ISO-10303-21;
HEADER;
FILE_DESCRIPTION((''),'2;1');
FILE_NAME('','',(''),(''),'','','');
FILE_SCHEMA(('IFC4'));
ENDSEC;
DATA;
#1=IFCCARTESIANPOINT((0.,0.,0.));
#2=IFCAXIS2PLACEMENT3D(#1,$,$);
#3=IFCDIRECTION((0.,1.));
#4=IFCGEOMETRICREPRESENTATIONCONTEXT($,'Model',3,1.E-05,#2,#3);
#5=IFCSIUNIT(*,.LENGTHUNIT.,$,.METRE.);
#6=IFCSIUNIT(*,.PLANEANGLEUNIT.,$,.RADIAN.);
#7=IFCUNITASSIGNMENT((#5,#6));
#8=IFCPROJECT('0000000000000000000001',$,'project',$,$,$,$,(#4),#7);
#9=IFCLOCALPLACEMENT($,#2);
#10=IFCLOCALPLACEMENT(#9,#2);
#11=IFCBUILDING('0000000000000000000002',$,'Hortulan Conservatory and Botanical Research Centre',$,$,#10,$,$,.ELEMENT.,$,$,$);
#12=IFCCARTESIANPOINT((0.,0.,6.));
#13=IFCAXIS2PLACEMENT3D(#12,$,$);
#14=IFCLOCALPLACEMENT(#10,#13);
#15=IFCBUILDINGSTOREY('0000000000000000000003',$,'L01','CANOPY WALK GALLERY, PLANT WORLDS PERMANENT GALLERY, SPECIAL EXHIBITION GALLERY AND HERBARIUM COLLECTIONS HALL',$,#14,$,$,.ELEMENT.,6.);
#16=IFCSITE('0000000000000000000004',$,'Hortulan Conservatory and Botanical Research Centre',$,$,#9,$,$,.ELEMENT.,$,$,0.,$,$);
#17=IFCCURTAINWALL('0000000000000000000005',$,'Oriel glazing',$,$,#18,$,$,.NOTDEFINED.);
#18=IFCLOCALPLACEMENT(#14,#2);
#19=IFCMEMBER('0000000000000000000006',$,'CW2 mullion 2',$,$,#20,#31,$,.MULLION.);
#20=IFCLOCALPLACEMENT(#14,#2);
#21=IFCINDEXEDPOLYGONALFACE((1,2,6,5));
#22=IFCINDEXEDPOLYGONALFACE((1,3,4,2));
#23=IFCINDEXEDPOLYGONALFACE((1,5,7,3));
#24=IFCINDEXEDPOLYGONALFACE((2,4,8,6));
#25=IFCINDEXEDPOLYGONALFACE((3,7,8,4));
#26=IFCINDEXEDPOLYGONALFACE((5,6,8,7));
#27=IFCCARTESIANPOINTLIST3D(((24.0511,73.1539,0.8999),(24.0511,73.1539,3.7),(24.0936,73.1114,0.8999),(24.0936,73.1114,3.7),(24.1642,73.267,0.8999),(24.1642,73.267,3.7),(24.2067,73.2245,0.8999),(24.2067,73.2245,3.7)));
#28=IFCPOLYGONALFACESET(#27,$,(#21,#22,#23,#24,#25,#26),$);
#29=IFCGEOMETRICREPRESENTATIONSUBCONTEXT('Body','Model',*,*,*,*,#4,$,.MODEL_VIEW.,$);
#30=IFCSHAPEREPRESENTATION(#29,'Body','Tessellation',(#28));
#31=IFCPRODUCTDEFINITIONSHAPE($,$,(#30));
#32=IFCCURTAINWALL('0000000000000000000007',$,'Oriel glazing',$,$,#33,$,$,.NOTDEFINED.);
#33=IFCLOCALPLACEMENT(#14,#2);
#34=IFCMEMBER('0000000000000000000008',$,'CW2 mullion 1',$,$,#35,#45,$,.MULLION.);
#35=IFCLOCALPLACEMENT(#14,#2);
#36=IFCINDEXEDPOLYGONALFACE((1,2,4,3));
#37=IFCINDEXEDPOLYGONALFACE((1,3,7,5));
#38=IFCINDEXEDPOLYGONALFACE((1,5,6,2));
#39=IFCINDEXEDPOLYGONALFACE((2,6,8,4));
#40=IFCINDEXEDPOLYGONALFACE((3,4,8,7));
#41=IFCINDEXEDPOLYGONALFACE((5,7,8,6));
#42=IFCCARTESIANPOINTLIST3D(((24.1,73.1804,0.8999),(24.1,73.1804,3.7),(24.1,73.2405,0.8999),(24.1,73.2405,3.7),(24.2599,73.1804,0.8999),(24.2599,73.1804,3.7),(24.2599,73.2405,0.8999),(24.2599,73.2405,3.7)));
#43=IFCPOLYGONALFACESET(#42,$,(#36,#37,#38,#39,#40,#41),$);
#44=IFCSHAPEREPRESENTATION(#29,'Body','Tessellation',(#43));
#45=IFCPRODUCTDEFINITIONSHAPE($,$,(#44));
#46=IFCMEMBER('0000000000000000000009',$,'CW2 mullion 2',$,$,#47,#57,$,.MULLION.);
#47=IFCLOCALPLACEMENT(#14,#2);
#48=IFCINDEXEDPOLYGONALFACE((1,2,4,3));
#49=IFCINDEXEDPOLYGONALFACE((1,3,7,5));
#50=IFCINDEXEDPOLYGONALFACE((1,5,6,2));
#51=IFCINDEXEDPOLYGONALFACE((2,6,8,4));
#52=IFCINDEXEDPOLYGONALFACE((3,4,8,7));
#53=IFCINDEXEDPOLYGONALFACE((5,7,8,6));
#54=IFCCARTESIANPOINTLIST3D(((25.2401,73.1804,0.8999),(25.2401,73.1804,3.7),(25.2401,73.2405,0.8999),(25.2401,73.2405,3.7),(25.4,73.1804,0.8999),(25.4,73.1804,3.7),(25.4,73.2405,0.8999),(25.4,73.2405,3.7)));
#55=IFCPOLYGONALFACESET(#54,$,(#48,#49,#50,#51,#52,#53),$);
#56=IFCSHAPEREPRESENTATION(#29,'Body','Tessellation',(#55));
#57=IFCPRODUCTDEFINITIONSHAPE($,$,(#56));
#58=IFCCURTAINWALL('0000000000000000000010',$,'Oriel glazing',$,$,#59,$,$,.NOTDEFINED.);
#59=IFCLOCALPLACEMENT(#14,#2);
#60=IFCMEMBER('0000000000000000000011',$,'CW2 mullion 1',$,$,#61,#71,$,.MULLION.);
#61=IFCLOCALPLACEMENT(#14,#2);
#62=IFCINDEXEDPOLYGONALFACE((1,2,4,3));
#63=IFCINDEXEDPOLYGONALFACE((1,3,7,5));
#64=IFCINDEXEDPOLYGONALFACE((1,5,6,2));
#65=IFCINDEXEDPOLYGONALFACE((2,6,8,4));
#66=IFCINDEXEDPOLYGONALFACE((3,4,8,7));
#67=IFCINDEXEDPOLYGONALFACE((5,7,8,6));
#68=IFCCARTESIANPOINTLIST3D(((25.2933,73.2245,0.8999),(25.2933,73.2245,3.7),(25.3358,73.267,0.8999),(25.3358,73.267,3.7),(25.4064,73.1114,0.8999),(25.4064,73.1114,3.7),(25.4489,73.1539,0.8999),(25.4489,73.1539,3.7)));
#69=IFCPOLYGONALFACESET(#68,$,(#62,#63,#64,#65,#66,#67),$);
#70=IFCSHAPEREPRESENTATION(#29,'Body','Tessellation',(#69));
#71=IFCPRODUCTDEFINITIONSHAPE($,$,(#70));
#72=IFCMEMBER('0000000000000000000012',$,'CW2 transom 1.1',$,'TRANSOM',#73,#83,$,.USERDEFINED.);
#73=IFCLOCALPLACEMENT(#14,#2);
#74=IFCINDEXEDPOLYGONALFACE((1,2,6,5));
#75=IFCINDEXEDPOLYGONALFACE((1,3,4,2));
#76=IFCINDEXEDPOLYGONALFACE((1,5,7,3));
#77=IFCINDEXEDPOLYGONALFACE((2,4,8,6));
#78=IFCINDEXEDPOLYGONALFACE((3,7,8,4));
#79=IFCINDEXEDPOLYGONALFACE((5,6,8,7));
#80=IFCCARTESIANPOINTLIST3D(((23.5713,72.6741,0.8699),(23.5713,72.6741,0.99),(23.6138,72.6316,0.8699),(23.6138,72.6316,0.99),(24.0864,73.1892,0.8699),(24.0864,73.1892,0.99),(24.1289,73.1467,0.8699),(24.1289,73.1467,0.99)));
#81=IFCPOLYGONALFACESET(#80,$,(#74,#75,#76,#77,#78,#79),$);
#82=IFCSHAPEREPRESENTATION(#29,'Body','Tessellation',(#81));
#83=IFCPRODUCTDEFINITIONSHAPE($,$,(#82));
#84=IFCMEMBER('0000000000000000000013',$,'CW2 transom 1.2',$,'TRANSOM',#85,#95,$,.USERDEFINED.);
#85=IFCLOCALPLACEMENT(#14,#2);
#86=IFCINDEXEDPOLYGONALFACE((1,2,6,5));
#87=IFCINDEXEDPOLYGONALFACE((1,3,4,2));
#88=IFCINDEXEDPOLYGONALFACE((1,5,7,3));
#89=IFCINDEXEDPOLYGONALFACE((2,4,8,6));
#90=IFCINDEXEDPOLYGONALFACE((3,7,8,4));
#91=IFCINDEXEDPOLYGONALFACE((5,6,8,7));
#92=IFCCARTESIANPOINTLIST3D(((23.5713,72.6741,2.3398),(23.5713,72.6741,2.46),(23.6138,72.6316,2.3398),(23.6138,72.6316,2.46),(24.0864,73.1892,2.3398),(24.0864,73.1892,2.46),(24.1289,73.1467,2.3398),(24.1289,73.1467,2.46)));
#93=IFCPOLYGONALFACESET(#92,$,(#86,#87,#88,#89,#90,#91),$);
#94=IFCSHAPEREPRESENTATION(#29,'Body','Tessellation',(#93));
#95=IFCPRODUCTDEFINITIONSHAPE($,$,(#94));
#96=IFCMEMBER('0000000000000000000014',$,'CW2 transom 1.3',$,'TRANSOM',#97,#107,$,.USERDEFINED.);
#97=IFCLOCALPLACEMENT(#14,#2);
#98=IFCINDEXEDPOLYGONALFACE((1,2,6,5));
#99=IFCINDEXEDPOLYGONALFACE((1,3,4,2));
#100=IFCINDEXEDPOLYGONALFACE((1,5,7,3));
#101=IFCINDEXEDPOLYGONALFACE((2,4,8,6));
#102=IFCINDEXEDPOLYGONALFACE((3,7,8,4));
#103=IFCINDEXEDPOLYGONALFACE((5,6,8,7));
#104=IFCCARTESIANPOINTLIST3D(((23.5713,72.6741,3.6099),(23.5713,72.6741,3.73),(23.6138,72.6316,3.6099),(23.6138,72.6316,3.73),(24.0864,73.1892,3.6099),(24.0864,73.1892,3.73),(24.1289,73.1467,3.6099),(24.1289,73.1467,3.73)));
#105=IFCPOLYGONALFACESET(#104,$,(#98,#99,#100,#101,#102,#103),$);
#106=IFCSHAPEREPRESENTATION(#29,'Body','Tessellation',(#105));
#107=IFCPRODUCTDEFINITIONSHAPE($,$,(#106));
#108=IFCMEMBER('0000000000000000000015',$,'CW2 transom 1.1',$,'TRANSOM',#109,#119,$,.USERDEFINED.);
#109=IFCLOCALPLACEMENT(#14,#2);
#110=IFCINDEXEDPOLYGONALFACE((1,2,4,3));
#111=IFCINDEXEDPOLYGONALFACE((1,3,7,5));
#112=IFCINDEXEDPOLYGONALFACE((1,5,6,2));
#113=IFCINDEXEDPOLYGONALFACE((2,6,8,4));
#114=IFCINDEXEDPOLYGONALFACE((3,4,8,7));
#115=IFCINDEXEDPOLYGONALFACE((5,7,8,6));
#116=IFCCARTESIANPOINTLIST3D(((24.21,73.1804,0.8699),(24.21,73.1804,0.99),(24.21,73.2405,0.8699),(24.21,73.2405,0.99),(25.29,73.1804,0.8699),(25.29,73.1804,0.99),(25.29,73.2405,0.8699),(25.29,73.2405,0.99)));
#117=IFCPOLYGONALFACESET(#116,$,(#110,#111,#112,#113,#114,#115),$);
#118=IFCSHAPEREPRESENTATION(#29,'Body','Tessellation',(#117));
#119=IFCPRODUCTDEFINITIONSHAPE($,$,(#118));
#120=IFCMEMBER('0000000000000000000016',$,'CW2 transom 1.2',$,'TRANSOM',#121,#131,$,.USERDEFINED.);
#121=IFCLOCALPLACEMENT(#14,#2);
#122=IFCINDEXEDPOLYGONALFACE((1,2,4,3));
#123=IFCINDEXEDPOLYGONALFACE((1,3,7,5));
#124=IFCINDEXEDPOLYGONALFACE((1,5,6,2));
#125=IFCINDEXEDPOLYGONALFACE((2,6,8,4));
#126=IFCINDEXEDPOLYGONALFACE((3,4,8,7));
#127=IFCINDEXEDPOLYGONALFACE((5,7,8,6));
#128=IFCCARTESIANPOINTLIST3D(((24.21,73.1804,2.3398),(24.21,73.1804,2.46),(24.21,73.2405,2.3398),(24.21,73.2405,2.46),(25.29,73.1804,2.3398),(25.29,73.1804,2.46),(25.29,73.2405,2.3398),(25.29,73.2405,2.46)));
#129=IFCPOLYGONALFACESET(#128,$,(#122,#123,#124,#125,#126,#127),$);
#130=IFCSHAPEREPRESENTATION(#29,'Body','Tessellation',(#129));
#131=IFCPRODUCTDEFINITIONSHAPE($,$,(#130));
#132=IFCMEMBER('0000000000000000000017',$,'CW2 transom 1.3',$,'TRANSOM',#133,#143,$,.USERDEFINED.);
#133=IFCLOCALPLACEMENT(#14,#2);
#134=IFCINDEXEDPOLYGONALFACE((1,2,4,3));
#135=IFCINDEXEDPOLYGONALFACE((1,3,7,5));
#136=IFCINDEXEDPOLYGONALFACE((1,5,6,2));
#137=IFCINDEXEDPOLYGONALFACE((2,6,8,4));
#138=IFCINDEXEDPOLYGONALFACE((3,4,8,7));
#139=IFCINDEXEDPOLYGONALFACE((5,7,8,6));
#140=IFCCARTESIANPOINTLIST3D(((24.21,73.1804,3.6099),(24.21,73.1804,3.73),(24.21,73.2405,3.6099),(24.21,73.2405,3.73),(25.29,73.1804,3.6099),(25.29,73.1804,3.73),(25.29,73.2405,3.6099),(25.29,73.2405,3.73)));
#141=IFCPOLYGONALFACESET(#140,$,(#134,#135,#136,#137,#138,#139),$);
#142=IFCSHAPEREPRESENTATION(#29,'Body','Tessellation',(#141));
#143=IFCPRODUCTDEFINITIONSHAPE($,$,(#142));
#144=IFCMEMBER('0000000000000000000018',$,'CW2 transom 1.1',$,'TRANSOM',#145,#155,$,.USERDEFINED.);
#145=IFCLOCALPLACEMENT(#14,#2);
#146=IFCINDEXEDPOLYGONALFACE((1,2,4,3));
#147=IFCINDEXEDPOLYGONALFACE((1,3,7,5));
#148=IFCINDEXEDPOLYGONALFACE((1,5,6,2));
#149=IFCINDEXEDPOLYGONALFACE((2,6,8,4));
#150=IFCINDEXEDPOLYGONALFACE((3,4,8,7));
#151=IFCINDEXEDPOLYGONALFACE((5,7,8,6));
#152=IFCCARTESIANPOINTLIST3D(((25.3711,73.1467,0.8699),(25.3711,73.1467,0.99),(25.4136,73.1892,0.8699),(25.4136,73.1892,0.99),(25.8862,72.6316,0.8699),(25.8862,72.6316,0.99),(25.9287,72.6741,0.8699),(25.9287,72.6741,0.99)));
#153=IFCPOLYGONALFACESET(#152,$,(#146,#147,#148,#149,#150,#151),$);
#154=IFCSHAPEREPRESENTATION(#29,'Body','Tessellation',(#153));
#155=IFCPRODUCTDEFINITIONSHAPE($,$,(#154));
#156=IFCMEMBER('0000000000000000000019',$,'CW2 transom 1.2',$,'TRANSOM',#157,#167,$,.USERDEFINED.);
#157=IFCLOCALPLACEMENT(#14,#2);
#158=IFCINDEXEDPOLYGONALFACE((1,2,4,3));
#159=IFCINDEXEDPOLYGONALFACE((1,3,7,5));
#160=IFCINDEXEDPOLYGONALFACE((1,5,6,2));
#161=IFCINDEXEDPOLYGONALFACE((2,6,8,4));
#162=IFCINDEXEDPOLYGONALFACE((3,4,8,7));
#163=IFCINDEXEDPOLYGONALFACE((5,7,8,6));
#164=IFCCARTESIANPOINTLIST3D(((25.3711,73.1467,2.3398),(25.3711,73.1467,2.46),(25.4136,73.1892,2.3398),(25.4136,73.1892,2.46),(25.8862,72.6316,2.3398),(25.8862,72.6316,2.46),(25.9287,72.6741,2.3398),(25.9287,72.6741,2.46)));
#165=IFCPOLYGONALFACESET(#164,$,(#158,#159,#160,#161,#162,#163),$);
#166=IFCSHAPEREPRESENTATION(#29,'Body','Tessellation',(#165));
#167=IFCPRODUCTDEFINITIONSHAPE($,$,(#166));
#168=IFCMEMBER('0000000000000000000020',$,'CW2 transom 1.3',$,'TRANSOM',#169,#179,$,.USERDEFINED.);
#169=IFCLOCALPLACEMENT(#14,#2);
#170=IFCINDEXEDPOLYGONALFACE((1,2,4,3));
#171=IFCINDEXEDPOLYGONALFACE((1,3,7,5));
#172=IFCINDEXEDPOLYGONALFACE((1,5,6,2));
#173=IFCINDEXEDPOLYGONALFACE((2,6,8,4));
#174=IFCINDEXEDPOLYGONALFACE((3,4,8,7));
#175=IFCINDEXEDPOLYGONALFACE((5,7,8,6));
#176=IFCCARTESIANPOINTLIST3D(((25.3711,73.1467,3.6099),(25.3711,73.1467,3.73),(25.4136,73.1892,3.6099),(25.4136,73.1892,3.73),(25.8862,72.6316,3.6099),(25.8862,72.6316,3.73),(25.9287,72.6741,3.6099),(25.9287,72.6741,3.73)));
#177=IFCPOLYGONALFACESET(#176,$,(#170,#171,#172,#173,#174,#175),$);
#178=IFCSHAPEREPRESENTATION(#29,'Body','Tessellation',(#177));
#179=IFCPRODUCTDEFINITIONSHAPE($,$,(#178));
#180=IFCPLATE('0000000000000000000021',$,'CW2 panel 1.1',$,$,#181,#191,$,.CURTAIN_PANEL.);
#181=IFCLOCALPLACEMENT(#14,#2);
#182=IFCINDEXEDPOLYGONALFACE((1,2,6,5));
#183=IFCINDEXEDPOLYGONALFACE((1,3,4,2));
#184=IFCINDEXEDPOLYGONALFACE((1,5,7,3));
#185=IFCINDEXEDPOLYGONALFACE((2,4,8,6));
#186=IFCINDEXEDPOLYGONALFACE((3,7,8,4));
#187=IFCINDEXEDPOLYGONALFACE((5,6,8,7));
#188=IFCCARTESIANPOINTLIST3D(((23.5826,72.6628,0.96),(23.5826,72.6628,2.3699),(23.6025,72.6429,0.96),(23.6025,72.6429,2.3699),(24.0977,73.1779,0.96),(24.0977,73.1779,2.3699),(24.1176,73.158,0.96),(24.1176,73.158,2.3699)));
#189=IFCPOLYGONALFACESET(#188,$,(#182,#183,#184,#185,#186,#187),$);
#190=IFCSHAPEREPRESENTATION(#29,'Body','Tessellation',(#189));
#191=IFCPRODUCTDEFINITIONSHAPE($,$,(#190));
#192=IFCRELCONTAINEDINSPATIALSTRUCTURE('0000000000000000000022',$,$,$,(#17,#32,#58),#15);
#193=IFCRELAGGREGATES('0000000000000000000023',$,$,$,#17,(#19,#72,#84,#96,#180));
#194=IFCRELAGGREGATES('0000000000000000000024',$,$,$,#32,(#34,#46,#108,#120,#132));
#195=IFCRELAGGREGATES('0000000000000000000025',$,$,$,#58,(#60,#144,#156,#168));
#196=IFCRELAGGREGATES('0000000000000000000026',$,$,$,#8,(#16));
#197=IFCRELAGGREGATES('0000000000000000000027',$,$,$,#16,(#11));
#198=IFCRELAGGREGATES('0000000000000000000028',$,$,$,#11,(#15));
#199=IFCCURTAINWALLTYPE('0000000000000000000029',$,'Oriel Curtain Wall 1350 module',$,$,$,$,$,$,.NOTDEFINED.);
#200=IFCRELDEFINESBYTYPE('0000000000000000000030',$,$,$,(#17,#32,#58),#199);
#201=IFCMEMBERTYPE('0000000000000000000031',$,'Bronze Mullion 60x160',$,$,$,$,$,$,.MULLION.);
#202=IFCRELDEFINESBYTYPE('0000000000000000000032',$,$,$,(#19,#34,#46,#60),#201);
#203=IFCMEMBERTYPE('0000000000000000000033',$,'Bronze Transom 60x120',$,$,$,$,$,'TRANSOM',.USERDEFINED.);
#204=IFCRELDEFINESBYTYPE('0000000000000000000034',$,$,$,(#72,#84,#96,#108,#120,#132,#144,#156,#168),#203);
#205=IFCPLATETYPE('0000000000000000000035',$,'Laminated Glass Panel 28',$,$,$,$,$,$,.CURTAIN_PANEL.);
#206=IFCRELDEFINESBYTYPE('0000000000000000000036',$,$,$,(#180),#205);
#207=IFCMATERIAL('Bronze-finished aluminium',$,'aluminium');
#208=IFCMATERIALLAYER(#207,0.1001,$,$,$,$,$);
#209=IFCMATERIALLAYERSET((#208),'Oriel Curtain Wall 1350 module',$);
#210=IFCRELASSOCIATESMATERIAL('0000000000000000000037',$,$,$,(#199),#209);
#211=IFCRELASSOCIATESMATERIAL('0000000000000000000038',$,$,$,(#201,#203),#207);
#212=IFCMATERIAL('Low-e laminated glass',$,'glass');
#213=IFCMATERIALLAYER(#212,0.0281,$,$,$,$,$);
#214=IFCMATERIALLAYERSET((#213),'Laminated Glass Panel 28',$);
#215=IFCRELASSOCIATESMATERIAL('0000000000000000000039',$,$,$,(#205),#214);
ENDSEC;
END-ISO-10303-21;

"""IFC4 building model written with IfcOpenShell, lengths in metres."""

from ifc_helpers import new_model, si_unit, direction, frame, origin, origin_2d, place, context, subcontext, project, spatial, rectangle, extrude, material, layer, layer_set, material_profile, profile_set, type_object, element, aggregate, save


model = new_model("IFC4")

# Units and contexts
model_context = context("Model", 3, precision=1e-05, world=origin(), true_north=direction((0.0, 1.0)))
body_context = subcontext(model_context, "Body", "Model", "MODEL_VIEW")
ifc_project = project(units=[si_unit("LENGTHUNIT", "METRE"), si_unit("PLANEANGLEUNIT", "RADIAN")], contexts=[model_context])

# Site, building, storey
site_placement = place(None, origin())
site = spatial("IfcSite", under=ifc_project, at=site_placement, Name="Hortulan Conservatory and Botanical Research Centre", CompositionType="ELEMENT", RefElevation=0.0)
building_placement = place(site_placement, origin())
building = spatial("IfcBuilding", under=site, at=building_placement, Name="Hortulan Conservatory and Botanical Research Centre", CompositionType="ELEMENT")
storey_placement = place(building_placement, frame((0.0, 0.0, 6.0)))
storey = spatial("IfcBuildingStorey", under=building, at=storey_placement, Name="L01", Description="CANOPY WALK GALLERY, PLANT WORLDS PERMANENT GALLERY, SPECIAL EXHIBITION GALLERY AND HERBARIUM COLLECTIONS HALL", CompositionType="ELEMENT", Elevation=6.0)

# Curtain wall, member
ifc_material_1 = material(Name="Bronze-finished aluminium", Category="aluminium")
ifc_layer_1 = layer(ifc_material_1, 0.1001)
ifc_layer_set_1 = layer_set([ifc_layer_1], Name="Oriel Curtain Wall 1350 module")
curtain_wall_type = type_object("IfcCurtainWallType", Name="Oriel Curtain Wall 1350 module", PredefinedType="NOTDEFINED", material=ifc_layer_set_1)
curtain_wall_1_placement = place(storey_placement, origin())
curtain_wall_1 = element("IfcCurtainWall", 1, at=curtain_wall_1_placement, inside=storey, type_object=curtain_wall_type, Name="Oriel glazing", PredefinedType="NOTDEFINED")
ifc_material_profile_1 = material_profile(ifc_material_1, rectangle(XDim=0.0601, YDim=0.1599, at=origin_2d()), Name="Bronze Mullion 60x160")
ifc_profile_set_1 = profile_set([ifc_material_profile_1], Name="Bronze-finished aluminium")
member_type_1 = type_object("IfcMemberType", Name="Bronze Mullion 60x160", PredefinedType="MULLION", material=ifc_profile_set_1)
member_1_placement = place(storey_placement, frame((24.1289, 73.1892, 0.8999), z_axis=(0.0, 0.0, 1.0), x_axis=(-0.707107, 0.707107, 0.0)))
member_1 = element("IfcMember", 2, at=member_1_placement, type_object=member_type_1, Name="CW2 mullion 2", PredefinedType="MULLION", context=body_context, shape_type="SweptSolid", body=[
    extrude(rectangle(XDim=0.0601, YDim=0.1599, at=origin_2d()), origin(), (0.0, 0.0, 1.0), 2.8),
])

# Curtain wall, members
curtain_wall_2_placement = place(storey_placement, origin())
curtain_wall_2 = element("IfcCurtainWall", 3, at=curtain_wall_2_placement, inside=storey, type_object=curtain_wall_type, Name="Oriel glazing", PredefinedType="NOTDEFINED")
member_2_placement = place(storey_placement, frame((24.1799, 73.2104, 0.8999), z_axis=(0.0, 0.0, 1.0), x_axis=(0.0, 1.0, 0.0)))
member_2 = element("IfcMember", 4, at=member_2_placement, type_object=member_type_1, Name="CW2 mullion 1", PredefinedType="MULLION", context=body_context, shape_type="SweptSolid", body=[
    extrude(rectangle(XDim=0.0601, YDim=0.1599, at=origin_2d()), origin(), (0.0, 0.0, 1.0), 2.8),
])
member_3_placement = place(storey_placement, frame((25.3201, 73.2104, 0.8999), z_axis=(0.0, 0.0, 1.0), x_axis=(0.0, 1.0, 0.0)))
member_3 = element("IfcMember", 5, at=member_3_placement, type_object=member_type_1, Name="CW2 mullion 2", PredefinedType="MULLION", context=body_context, shape_type="SweptSolid", body=[
    extrude(rectangle(XDim=0.0601, YDim=0.1599, at=origin_2d()), origin(), (0.0, 0.0, 1.0), 2.8),
])

# Curtain wall, member
curtain_wall_3_placement = place(storey_placement, origin())
curtain_wall_3 = element("IfcCurtainWall", 6, at=curtain_wall_3_placement, inside=storey, type_object=curtain_wall_type, Name="Oriel glazing", PredefinedType="NOTDEFINED")
member_4_placement = place(storey_placement, frame((25.3711, 73.1892, 0.8999), z_axis=(0.0, 0.0, 1.0), x_axis=(0.707107, 0.707107, 0.0)))
member_4 = element("IfcMember", 7, at=member_4_placement, type_object=member_type_1, Name="CW2 mullion 1", PredefinedType="MULLION", context=body_context, shape_type="SweptSolid", body=[
    extrude(rectangle(XDim=0.0601, YDim=0.1599, at=origin_2d()), origin(), (0.0, 0.0, 1.0), 2.8),
])

# Members
ifc_material_profile_2 = material_profile(ifc_material_1, rectangle(XDim=0.0601, YDim=0.1201, at=origin_2d()), Name="Bronze Transom 60x120")
ifc_profile_set_2 = profile_set([ifc_material_profile_2], Name="Bronze-finished aluminium")
member_type_2 = type_object("IfcMemberType", Name="Bronze Transom 60x120", ElementType="TRANSOM", PredefinedType="USERDEFINED", material=ifc_profile_set_2)
member_5_placement = place(storey_placement, frame((23.5925, 72.6528, 0.9299), z_axis=(0.707107, 0.707107, 0.0), x_axis=(-0.707107, 0.707107, 0.0)))
member_5 = element("IfcMember", 8, at=member_5_placement, type_object=member_type_2, Name="CW2 transom 1.1", ObjectType="TRANSOM", PredefinedType="USERDEFINED", context=body_context, shape_type="SweptSolid", body=[
    extrude(rectangle(XDim=0.0601, YDim=0.1201, at=origin_2d()), origin(), (0.0, 0.0, 1.0), 0.7285),
])
member_6_placement = place(storey_placement, frame((23.5925, 72.6528, 2.3999), z_axis=(0.707107, 0.707107, 0.0), x_axis=(-0.707107, 0.707107, 0.0)))
member_6 = element("IfcMember", 9, at=member_6_placement, type_object=member_type_2, Name="CW2 transom 1.2", ObjectType="TRANSOM", PredefinedType="USERDEFINED", context=body_context, shape_type="SweptSolid", body=[
    extrude(rectangle(XDim=0.0601, YDim=0.1201, at=origin_2d()), origin(), (0.0, 0.0, 1.0), 0.7285),
])
member_7_placement = place(storey_placement, frame((23.5925, 72.6528, 3.6699), z_axis=(0.707107, 0.707107, 0.0), x_axis=(-0.707107, 0.707107, 0.0)))
member_7 = element("IfcMember", 10, at=member_7_placement, type_object=member_type_2, Name="CW2 transom 1.3", ObjectType="TRANSOM", PredefinedType="USERDEFINED", context=body_context, shape_type="SweptSolid", body=[
    extrude(rectangle(XDim=0.0601, YDim=0.1201, at=origin_2d()), origin(), (0.0, 0.0, 1.0), 0.7285),
])
member_8_placement = place(storey_placement, frame((24.21, 73.2104, 0.9299), z_axis=(1.0, 0.0, 0.0), x_axis=(0.0, 1.0, 0.0)))
member_8 = element("IfcMember", 11, at=member_8_placement, type_object=member_type_2, Name="CW2 transom 1.1", ObjectType="TRANSOM", PredefinedType="USERDEFINED", context=body_context, shape_type="SweptSolid", body=[
    extrude(rectangle(XDim=0.0601, YDim=0.1201, at=origin_2d()), origin(), (0.0, 0.0, 1.0), 1.0801),
])
member_9_placement = place(storey_placement, frame((24.21, 73.2104, 2.3999), z_axis=(1.0, 0.0, 0.0), x_axis=(0.0, 1.0, 0.0)))
member_9 = element("IfcMember", 12, at=member_9_placement, type_object=member_type_2, Name="CW2 transom 1.2", ObjectType="TRANSOM", PredefinedType="USERDEFINED", context=body_context, shape_type="SweptSolid", body=[
    extrude(rectangle(XDim=0.0601, YDim=0.1201, at=origin_2d()), origin(), (0.0, 0.0, 1.0), 1.0801),
])
member_10_placement = place(storey_placement, frame((24.21, 73.2104, 3.6699), z_axis=(1.0, 0.0, 0.0), x_axis=(0.0, 1.0, 0.0)))
member_10 = element("IfcMember", 13, at=member_10_placement, type_object=member_type_2, Name="CW2 transom 1.3", ObjectType="TRANSOM", PredefinedType="USERDEFINED", context=body_context, shape_type="SweptSolid", body=[
    extrude(rectangle(XDim=0.0601, YDim=0.1201, at=origin_2d()), origin(), (0.0, 0.0, 1.0), 1.0801),
])
member_11_placement = place(storey_placement, frame((25.3923, 73.168, 0.9299), z_axis=(0.707107, -0.707107, 0.0), x_axis=(0.707107, 0.707107, 0.0)))
member_11 = element("IfcMember", 14, at=member_11_placement, type_object=member_type_2, Name="CW2 transom 1.1", ObjectType="TRANSOM", PredefinedType="USERDEFINED", context=body_context, shape_type="SweptSolid", body=[
    extrude(rectangle(XDim=0.0601, YDim=0.1201, at=origin_2d()), origin(), (0.0, 0.0, 1.0), 0.7285),
])
member_12_placement = place(storey_placement, frame((25.3923, 73.168, 2.3999), z_axis=(0.707107, -0.707107, 0.0), x_axis=(0.707107, 0.707107, 0.0)))
member_12 = element("IfcMember", 15, at=member_12_placement, type_object=member_type_2, Name="CW2 transom 1.2", ObjectType="TRANSOM", PredefinedType="USERDEFINED", context=body_context, shape_type="SweptSolid", body=[
    extrude(rectangle(XDim=0.0601, YDim=0.1201, at=origin_2d()), origin(), (0.0, 0.0, 1.0), 0.7285),
])
member_13_placement = place(storey_placement, frame((25.3923, 73.168, 3.6699), z_axis=(0.707107, -0.707107, 0.0), x_axis=(0.707107, 0.707107, 0.0)))
member_13 = element("IfcMember", 16, at=member_13_placement, type_object=member_type_2, Name="CW2 transom 1.3", ObjectType="TRANSOM", PredefinedType="USERDEFINED", context=body_context, shape_type="SweptSolid", body=[
    extrude(rectangle(XDim=0.0601, YDim=0.1201, at=origin_2d()), origin(), (0.0, 0.0, 1.0), 0.7285),
])

# Plate
ifc_material_2 = material(Name="Low-e laminated glass", Category="glass")
ifc_layer_2 = layer(ifc_material_2, 0.0281)
ifc_layer_set_2 = layer_set([ifc_layer_2], Name="Laminated Glass Panel 28")
plate_type = type_object("IfcPlateType", Name="Laminated Glass Panel 28", PredefinedType="CURTAIN_PANEL", material=ifc_layer_set_2)
plate_1_placement = place(storey_placement, frame((23.8501, 72.9104, 0.96), z_axis=(0.0, 0.0, 1.0), x_axis=(0.707107, 0.707107, 0.0)))
plate_1 = element("IfcPlate", 17, at=plate_1_placement, type_object=plate_type, Name="CW2 panel 1.1", PredefinedType="CURTAIN_PANEL", context=body_context, shape_type="SweptSolid", body=[
    extrude(rectangle(XDim=0.7285, YDim=0.0281, at=origin_2d()), origin(), (0.0, 0.0, 1.0), 1.4099),
])
aggregate(curtain_wall_1, [member_1, member_5, member_6, member_7, plate_1])
aggregate(curtain_wall_2, [member_2, member_3, member_8, member_9, member_10])
aggregate(curtain_wall_3, [member_4, member_11, member_12, member_13])

save(model, "model.ifc")
